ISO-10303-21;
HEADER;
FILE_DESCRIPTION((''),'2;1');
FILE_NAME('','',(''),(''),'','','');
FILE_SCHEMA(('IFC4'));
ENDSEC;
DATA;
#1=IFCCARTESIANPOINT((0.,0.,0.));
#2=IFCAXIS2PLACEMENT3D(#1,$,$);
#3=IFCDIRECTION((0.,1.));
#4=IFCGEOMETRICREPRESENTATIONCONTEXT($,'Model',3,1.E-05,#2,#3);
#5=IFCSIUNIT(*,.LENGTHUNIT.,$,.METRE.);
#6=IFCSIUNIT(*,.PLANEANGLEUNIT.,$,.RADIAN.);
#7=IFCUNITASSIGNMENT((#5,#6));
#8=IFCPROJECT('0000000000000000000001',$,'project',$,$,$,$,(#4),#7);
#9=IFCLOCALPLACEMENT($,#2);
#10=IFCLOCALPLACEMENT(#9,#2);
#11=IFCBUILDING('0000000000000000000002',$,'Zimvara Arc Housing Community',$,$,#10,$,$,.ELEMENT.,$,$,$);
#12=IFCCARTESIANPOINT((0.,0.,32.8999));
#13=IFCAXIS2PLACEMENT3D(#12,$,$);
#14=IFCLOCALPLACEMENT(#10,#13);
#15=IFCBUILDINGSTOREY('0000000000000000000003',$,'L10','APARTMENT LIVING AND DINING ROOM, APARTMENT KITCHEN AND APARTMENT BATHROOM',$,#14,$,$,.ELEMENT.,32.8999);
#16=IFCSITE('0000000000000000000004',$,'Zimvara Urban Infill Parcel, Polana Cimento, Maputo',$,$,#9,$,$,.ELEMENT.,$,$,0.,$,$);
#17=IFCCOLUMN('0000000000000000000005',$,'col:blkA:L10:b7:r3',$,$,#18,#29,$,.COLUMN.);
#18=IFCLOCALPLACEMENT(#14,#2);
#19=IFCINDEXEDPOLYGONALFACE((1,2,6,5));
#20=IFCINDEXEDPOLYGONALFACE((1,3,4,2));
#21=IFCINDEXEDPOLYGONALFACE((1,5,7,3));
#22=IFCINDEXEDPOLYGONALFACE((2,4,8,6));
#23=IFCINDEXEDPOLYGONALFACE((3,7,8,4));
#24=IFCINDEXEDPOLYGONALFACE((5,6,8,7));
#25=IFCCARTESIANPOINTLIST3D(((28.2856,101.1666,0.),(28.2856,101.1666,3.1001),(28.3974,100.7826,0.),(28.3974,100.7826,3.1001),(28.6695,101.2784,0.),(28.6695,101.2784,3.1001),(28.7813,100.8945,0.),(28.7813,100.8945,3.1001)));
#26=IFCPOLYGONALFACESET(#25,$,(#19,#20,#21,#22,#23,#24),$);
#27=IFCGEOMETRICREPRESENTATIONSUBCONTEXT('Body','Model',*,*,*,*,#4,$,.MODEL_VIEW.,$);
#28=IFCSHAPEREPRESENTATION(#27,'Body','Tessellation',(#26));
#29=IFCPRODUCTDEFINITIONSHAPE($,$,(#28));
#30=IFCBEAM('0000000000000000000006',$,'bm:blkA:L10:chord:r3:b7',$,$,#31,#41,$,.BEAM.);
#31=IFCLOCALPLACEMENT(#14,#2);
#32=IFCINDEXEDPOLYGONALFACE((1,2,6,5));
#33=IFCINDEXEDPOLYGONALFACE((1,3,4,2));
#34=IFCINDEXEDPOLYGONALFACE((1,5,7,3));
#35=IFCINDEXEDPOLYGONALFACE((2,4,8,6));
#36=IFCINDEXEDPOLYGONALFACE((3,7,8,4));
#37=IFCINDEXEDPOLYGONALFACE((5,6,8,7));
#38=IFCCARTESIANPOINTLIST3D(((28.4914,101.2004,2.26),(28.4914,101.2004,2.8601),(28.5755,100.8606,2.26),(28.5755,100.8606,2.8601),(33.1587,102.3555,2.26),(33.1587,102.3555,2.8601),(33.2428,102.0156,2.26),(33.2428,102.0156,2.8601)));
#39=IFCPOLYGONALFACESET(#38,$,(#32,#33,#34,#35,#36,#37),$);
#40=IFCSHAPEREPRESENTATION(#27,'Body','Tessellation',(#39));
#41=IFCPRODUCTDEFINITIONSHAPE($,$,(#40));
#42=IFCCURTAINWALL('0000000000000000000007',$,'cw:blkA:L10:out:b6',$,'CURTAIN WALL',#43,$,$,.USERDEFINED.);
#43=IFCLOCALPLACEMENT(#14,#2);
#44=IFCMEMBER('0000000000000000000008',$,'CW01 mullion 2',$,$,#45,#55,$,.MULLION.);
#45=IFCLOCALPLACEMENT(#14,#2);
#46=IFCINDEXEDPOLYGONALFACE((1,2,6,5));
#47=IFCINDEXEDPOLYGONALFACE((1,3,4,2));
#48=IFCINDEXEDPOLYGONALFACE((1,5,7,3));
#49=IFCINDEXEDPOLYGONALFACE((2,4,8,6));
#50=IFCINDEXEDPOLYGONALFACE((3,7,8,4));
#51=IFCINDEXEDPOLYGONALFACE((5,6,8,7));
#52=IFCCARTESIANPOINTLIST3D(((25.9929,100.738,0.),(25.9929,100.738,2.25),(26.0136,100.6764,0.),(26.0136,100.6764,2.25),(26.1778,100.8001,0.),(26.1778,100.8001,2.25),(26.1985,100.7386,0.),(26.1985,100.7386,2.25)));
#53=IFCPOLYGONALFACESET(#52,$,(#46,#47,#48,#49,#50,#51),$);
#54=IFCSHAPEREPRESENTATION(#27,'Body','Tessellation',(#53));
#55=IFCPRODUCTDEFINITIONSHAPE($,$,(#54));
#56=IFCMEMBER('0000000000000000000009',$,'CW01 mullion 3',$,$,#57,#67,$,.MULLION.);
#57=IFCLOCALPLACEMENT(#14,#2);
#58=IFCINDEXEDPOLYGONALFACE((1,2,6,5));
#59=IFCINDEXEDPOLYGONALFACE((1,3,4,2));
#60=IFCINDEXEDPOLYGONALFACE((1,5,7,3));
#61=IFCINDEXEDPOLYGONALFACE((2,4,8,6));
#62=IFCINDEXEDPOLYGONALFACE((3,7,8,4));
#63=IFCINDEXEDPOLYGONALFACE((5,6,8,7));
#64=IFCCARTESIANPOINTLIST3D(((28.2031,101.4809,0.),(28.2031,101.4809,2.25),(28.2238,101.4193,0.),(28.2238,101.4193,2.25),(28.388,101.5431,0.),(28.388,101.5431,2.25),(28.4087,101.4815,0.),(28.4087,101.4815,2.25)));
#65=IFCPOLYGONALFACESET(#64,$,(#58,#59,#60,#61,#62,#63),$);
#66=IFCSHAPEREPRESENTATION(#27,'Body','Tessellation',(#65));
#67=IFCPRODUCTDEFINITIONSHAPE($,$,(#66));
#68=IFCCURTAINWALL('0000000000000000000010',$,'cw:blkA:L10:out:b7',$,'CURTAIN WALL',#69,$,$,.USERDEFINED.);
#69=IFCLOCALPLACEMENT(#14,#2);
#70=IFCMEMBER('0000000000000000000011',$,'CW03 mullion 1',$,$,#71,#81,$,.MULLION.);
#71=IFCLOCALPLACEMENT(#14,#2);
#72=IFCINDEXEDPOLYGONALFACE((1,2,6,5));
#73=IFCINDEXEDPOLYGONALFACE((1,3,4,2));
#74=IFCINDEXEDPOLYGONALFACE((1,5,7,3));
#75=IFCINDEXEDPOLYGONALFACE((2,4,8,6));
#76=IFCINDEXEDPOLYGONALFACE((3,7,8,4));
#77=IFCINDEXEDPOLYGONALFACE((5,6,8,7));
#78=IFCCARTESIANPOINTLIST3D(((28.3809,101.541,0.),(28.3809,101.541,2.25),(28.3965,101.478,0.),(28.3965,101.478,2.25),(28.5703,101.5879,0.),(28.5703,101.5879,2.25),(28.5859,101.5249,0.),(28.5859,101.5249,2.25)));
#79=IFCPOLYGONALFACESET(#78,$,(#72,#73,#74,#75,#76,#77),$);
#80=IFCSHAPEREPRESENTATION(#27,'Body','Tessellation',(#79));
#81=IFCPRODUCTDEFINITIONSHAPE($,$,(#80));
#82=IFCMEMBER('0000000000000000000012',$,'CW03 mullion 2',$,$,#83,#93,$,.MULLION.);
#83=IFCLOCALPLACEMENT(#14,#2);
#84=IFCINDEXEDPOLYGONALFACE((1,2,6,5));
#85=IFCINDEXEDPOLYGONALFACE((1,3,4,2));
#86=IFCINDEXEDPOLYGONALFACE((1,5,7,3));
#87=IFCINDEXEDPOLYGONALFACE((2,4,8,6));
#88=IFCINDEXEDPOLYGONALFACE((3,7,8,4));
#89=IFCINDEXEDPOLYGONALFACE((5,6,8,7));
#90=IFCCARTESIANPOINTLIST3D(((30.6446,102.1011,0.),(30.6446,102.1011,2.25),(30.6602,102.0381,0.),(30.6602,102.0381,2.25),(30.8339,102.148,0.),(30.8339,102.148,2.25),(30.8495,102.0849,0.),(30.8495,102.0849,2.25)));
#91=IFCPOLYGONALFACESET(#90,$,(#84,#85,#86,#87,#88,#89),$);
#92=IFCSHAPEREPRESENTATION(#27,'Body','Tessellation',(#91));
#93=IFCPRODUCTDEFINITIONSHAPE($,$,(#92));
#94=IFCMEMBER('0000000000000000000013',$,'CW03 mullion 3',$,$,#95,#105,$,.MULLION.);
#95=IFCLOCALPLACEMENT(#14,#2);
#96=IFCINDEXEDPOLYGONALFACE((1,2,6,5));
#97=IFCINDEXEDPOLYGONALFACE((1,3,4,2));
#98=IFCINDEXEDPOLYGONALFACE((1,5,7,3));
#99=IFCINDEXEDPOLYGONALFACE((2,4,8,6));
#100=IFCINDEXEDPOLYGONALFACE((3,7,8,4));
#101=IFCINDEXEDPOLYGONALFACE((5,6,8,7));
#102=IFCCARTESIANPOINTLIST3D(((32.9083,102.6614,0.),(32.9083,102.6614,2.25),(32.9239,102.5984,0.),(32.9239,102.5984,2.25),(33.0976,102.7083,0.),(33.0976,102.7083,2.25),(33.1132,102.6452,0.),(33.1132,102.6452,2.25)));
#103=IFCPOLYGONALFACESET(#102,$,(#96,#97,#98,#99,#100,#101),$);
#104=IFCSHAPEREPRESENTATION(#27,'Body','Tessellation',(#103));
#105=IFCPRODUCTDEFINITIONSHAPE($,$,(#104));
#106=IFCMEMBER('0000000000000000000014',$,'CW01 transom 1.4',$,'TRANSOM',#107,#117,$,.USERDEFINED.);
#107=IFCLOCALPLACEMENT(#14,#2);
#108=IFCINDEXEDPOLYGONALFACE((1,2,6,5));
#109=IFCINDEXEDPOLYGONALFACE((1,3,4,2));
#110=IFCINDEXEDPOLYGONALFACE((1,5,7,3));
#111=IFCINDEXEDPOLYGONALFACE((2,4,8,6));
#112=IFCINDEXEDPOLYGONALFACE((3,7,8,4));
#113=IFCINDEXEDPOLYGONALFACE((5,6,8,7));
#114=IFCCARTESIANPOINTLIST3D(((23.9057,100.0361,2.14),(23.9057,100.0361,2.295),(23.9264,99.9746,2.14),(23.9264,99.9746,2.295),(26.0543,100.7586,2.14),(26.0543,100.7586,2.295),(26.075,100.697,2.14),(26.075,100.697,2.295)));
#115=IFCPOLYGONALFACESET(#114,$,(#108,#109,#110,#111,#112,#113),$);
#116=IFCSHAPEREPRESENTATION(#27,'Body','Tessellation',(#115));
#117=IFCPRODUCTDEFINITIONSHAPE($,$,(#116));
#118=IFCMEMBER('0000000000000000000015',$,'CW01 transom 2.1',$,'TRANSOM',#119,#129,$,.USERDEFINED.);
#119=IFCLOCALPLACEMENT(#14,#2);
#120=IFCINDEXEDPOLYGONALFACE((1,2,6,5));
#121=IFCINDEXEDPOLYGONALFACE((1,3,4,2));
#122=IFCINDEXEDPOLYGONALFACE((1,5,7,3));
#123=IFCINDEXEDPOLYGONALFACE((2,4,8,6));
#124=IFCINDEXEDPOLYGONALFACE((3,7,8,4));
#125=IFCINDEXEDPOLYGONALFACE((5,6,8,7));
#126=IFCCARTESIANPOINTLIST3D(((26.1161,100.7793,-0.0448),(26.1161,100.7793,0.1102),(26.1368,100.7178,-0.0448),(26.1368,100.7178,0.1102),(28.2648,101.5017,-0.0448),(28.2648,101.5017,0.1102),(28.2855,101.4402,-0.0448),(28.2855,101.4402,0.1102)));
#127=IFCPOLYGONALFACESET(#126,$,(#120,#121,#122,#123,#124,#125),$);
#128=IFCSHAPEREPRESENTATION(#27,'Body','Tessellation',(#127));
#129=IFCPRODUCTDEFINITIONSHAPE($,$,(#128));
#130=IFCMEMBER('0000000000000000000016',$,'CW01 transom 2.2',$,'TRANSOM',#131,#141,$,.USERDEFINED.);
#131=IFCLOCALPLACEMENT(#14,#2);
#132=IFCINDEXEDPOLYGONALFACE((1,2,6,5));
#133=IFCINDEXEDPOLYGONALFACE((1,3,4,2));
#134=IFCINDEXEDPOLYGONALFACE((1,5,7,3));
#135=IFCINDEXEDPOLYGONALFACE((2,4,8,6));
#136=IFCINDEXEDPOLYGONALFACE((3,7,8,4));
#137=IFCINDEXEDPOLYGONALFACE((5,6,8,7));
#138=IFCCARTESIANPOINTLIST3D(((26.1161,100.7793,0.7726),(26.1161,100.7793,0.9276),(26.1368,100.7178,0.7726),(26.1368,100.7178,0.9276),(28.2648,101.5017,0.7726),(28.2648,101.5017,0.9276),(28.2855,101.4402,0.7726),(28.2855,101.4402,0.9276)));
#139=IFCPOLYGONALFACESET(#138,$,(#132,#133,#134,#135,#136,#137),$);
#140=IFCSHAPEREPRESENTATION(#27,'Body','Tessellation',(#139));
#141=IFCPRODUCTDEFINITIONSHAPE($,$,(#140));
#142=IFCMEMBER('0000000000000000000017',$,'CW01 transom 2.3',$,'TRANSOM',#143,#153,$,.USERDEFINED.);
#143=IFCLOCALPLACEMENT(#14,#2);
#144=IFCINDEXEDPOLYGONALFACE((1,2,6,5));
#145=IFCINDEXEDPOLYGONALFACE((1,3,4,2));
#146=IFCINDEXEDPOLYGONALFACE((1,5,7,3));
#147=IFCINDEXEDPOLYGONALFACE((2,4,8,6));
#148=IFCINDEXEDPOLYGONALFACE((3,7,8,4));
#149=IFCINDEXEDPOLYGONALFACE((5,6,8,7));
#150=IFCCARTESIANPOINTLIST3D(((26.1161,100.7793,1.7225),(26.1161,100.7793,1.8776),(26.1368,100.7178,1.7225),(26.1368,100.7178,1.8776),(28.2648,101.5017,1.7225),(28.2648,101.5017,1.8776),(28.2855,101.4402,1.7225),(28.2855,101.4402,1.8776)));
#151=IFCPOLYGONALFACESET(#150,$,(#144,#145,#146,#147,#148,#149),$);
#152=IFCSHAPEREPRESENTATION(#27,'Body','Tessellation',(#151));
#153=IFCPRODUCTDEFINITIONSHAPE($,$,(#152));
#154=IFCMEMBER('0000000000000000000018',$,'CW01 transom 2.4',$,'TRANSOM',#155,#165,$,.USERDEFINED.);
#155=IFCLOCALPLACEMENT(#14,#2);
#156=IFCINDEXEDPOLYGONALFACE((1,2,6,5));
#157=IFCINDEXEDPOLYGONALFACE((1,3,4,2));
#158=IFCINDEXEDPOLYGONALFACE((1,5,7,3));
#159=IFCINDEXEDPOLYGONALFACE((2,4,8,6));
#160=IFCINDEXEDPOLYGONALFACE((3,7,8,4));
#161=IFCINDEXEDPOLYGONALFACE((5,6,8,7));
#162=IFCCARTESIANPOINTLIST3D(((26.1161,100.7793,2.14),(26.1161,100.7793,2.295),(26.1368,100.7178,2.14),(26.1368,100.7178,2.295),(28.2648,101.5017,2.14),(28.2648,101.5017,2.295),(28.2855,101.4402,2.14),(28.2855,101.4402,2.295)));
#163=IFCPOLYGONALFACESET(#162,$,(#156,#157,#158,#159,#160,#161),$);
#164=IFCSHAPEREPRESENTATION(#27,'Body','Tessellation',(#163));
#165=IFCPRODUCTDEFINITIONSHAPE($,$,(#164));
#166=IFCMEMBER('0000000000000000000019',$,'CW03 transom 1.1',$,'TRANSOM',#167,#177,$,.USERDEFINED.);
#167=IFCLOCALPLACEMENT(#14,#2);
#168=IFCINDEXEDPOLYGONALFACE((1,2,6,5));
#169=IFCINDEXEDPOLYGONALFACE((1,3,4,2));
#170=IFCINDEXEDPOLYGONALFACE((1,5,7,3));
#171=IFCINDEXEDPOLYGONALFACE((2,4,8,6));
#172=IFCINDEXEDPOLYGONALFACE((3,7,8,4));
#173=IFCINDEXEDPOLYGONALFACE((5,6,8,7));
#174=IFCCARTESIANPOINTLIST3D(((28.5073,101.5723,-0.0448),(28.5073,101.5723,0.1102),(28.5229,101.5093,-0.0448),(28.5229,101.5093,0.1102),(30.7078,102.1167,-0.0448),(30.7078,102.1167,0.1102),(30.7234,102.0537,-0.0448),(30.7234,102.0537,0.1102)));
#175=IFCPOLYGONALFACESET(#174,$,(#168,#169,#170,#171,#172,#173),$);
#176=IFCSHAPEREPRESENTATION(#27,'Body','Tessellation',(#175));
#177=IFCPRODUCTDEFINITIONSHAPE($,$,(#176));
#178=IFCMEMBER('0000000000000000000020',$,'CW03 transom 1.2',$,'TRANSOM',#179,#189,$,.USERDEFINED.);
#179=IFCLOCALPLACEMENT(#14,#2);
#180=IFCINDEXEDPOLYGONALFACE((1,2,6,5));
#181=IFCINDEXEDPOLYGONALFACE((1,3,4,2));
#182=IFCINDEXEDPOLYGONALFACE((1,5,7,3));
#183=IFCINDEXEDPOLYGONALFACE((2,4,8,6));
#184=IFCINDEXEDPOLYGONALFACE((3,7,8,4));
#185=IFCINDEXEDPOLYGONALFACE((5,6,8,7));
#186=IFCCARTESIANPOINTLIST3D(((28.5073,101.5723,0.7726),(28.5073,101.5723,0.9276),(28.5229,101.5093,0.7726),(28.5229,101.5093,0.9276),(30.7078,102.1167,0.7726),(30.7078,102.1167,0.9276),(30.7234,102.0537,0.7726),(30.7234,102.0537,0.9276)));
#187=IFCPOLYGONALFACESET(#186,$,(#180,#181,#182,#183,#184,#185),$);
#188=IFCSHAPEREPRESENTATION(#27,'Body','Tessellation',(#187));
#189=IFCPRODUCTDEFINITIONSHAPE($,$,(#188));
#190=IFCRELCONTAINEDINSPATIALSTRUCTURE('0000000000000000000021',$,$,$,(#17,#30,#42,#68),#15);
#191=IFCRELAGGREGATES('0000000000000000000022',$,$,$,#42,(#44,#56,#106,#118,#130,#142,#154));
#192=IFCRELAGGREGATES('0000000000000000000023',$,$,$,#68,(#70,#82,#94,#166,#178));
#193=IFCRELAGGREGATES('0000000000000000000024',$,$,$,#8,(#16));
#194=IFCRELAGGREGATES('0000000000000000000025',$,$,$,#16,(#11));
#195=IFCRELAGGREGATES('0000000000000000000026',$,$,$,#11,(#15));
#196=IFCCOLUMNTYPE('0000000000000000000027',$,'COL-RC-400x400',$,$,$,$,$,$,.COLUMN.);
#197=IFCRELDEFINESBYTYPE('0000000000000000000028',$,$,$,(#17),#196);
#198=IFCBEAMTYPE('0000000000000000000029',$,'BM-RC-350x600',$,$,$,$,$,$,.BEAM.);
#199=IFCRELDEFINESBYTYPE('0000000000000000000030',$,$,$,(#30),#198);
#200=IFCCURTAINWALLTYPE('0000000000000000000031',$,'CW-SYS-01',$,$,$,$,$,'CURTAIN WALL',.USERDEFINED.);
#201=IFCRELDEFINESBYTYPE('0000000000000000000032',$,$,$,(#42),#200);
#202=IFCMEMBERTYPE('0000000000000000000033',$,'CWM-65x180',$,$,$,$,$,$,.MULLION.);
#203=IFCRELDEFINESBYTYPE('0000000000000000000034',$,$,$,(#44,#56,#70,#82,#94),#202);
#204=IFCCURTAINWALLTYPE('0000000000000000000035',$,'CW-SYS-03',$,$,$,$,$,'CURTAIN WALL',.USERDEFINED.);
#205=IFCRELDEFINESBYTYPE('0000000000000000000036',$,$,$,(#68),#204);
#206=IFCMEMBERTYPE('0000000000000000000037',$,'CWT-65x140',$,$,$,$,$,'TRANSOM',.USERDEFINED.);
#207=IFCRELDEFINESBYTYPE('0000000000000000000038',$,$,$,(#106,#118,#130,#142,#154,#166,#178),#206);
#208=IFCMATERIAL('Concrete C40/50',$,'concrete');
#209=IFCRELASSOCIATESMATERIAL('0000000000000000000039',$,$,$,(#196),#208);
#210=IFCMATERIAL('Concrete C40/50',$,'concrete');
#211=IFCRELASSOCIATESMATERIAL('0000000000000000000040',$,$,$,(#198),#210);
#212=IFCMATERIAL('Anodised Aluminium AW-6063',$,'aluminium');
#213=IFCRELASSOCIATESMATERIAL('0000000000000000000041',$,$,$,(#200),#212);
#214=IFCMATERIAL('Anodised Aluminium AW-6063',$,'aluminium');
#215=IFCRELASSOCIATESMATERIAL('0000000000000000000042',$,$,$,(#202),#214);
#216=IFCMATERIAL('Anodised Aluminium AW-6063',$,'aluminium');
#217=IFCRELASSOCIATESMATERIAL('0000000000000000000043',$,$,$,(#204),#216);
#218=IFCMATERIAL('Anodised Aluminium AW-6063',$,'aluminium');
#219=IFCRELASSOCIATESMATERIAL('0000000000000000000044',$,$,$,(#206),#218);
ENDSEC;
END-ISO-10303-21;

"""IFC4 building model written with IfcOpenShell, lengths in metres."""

from ifc_helpers import new_model, si_unit, direction, frame, origin, origin_2d, place, context, subcontext, project, spatial, rectangle, extrude, material, material_profile, profile_set, type_object, element, aggregate, save


model = new_model("IFC4")

# Units and contexts
model_context = context("Model", 3, precision=1e-05, world=origin(), true_north=direction((0.0, 1.0)))
body_context = subcontext(model_context, "Body", "Model", "MODEL_VIEW")
ifc_project = project(units=[si_unit("LENGTHUNIT", "METRE"), si_unit("PLANEANGLEUNIT", "RADIAN")], contexts=[model_context])

# Site, building, storey
site_placement = place(None, origin())
site = spatial("IfcSite", under=ifc_project, at=site_placement, Name="Zimvara Urban Infill Parcel, Polana Cimento, Maputo", CompositionType="ELEMENT", RefElevation=0.0)
building_placement = place(site_placement, origin())
building = spatial("IfcBuilding", under=site, at=building_placement, Name="Zimvara Arc Housing Community", CompositionType="ELEMENT")
storey_placement = place(building_placement, frame((0.0, 0.0, 32.8999)))
storey = spatial("IfcBuildingStorey", under=building, at=storey_placement, Name="L10", Description="APARTMENT LIVING AND DINING ROOM, APARTMENT KITCHEN AND APARTMENT BATHROOM", CompositionType="ELEMENT", Elevation=32.8999)

# Column
ifc_material_1 = material(Name="Concrete C40/50", Category="concrete")
ifc_material_profile_1 = material_profile(ifc_material_1, rectangle(XDim=0.3999, YDim=0.3999, at=origin_2d()), Name="RC 400x400")
ifc_profile_set_1 = profile_set([ifc_material_profile_1], Name="Concrete C40/50")
column_type = type_object("IfcColumnType", Name="COL-RC-400x400", PredefinedType="COLUMN", material=ifc_profile_set_1)
column_placement = place(storey_placement, frame((28.5334, 101.0305, 0.0), z_axis=(0.0, 0.0, 1.0), x_axis=(-0.279661, 0.960099, 0.0)))
element("IfcColumn", 1, at=column_placement, inside=storey, type_object=column_type, Name="col:blkA:L10:b7:r3", PredefinedType="COLUMN", context=body_context, shape_type="SweptSolid", body=[
    extrude(rectangle(XDim=0.3999, YDim=0.3999, at=origin_2d()), origin(), (0.0, 0.0, 1.0), 3.1001),
])

# Beam
ifc_material_2 = material(Name="Concrete C40/50", Category="concrete")
ifc_material_profile_2 = material_profile(ifc_material_2, rectangle(XDim=0.3501, YDim=0.6001, at=origin_2d()), Name="RC 350x600")
ifc_profile_set_2 = profile_set([ifc_material_profile_2], Name="Concrete C40/50")
beam_type = type_object("IfcBeamType", Name="BM-RC-350x600", PredefinedType="BEAM", material=ifc_profile_set_2)
beam_placement = place(storey_placement, frame((28.5334, 101.0305, 2.5601), z_axis=(0.970716, 0.240229, 0.0), x_axis=(-0.240229, 0.970716, 0.0)))
element("IfcBeam", 2, at=beam_placement, inside=storey, type_object=beam_type, Name="bm:blkA:L10:chord:r3:b7", PredefinedType="BEAM", context=body_context, shape_type="SweptSolid", body=[
    extrude(rectangle(XDim=0.3501, YDim=0.6001, at=origin_2d()), origin(), (0.0, 0.0, 1.0), 4.8081),
])

# Curtain walls, members
ifc_material_3 = material(Name="Anodised Aluminium AW-6063", Category="aluminium")
curtain_wall_type_1 = type_object("IfcCurtainWallType", Name="CW-SYS-01", ElementType="CURTAIN WALL", PredefinedType="USERDEFINED", material=ifc_material_3)
curtain_wall_1_placement = place(storey_placement, origin())
curtain_wall_1 = element("IfcCurtainWall", 3, at=curtain_wall_1_placement, inside=storey, type_object=curtain_wall_type_1, Name="cw:blkA:L10:out:b6", ObjectType="CURTAIN WALL", PredefinedType="USERDEFINED")
ifc_material_4 = material(Name="Anodised Aluminium AW-6063", Category="aluminium")
ifc_material_profile_3 = material_profile(ifc_material_4, rectangle(XDim=0.0649, YDim=0.1951, at=origin_2d()), Name="ALU 65x195")
ifc_profile_set_3 = profile_set([ifc_material_profile_3], Name="Anodised Aluminium AW-6063")
member_type_1 = type_object("IfcMemberType", Name="CWM-65x180", PredefinedType="MULLION", material=ifc_profile_set_3)
member_1_placement = place(storey_placement, frame((26.0957, 100.7383, 0.0), z_axis=(0.0, 0.0, 1.0), x_axis=(-0.318629, 0.94788, 0.0)))
member_1 = element("IfcMember", 4, at=member_1_placement, type_object=member_type_1, Name="CW01 mullion 2", PredefinedType="MULLION", context=body_context, shape_type="SweptSolid", body=[
    extrude(rectangle(XDim=0.0649, YDim=0.1951, at=origin_2d()), origin(), (0.0, 0.0, 1.0), 2.25),
])
member_2_placement = place(storey_placement, frame((28.3059, 101.4812, 0.0), z_axis=(0.0, 0.0, 1.0), x_axis=(-0.318629, 0.94788, 0.0)))
member_2 = element("IfcMember", 5, at=member_2_placement, type_object=member_type_1, Name="CW01 mullion 3", PredefinedType="MULLION", context=body_context, shape_type="SweptSolid", body=[
    extrude(rectangle(XDim=0.0649, YDim=0.1951, at=origin_2d()), origin(), (0.0, 0.0, 1.0), 2.25),
])
ifc_material_5 = material(Name="Anodised Aluminium AW-6063", Category="aluminium")
curtain_wall_type_2 = type_object("IfcCurtainWallType", Name="CW-SYS-03", ElementType="CURTAIN WALL", PredefinedType="USERDEFINED", material=ifc_material_5)
curtain_wall_2_placement = place(storey_placement, origin())
curtain_wall_2 = element("IfcCurtainWall", 6, at=curtain_wall_2_placement, inside=storey, type_object=curtain_wall_type_2, Name="cw:blkA:L10:out:b7", ObjectType="CURTAIN WALL", PredefinedType="USERDEFINED")
member_3_placement = place(storey_placement, frame((28.4834, 101.533, 0.0), z_axis=(0.0, 0.0, 1.0), x_axis=(-0.24023, 0.970716, 0.0)))
member_3 = element("IfcMember", 7, at=member_3_placement, type_object=member_type_1, Name="CW03 mullion 1", PredefinedType="MULLION", context=body_context, shape_type="SweptSolid", body=[
    extrude(rectangle(XDim=0.0649, YDim=0.1951, at=origin_2d()), origin(), (0.0, 0.0, 1.0), 2.25),
])
member_4_placement = place(storey_placement, frame((30.7471, 102.093, 0.0), z_axis=(0.0, 0.0, 1.0), x_axis=(-0.24023, 0.970716, 0.0)))
member_4 = element("IfcMember", 8, at=member_4_placement, type_object=member_type_1, Name="CW03 mullion 2", PredefinedType="MULLION", context=body_context, shape_type="SweptSolid", body=[
    extrude(rectangle(XDim=0.0649, YDim=0.1951, at=origin_2d()), origin(), (0.0, 0.0, 1.0), 2.25),
])
member_5_placement = place(storey_placement, frame((33.0107, 102.6533, 0.0), z_axis=(0.0, 0.0, 1.0), x_axis=(-0.24023, 0.970716, 0.0)))
member_5 = element("IfcMember", 9, at=member_5_placement, type_object=member_type_1, Name="CW03 mullion 3", PredefinedType="MULLION", context=body_context, shape_type="SweptSolid", body=[
    extrude(rectangle(XDim=0.0649, YDim=0.1951, at=origin_2d()), origin(), (0.0, 0.0, 1.0), 2.25),
])

# Members
ifc_material_6 = material(Name="Anodised Aluminium AW-6063", Category="aluminium")
ifc_material_profile_4 = material_profile(ifc_material_6, rectangle(XDim=0.0649, YDim=0.155, at=origin_2d()), Name="ALU 65x155")
ifc_profile_set_4 = profile_set([ifc_material_profile_4], Name="Anodised Aluminium AW-6063")
member_type_2 = type_object("IfcMemberType", Name="CWT-65x140", ElementType="TRANSOM", PredefinedType="USERDEFINED", material=ifc_profile_set_4)
member_6_placement = place(storey_placement, frame((23.916, 100.0054, 2.2175), z_axis=(0.947862, 0.318682, 0.0), x_axis=(-0.318682, 0.947862, 0.0)))
member_6 = element("IfcMember", 10, at=member_6_placement, type_object=member_type_2, Name="CW01 transom 1.4", ObjectType="TRANSOM", PredefinedType="USERDEFINED", context=body_context, shape_type="SweptSolid", body=[
    extrude(rectangle(XDim=0.0649, YDim=0.155, at=origin_2d()), origin(), (0.0, 0.0, 1.0), 2.2668),
])
member_7_placement = place(storey_placement, frame((26.1265, 100.7485, 0.0327), z_axis=(0.947862, 0.318682, 0.0), x_axis=(-0.318682, 0.947862, 0.0)))
member_7 = element("IfcMember", 11, at=member_7_placement, type_object=member_type_2, Name="CW01 transom 2.1", ObjectType="TRANSOM", PredefinedType="USERDEFINED", context=body_context, shape_type="SweptSolid", body=[
    extrude(rectangle(XDim=0.0649, YDim=0.155, at=origin_2d()), origin(), (0.0, 0.0, 1.0), 2.2668),
])
member_8_placement = place(storey_placement, frame((26.1265, 100.7485, 0.8501), z_axis=(0.947862, 0.318682, 0.0), x_axis=(-0.318682, 0.947862, 0.0)))
member_8 = element("IfcMember", 12, at=member_8_placement, type_object=member_type_2, Name="CW01 transom 2.2", ObjectType="TRANSOM", PredefinedType="USERDEFINED", context=body_context, shape_type="SweptSolid", body=[
    extrude(rectangle(XDim=0.0649, YDim=0.155, at=origin_2d()), origin(), (0.0, 0.0, 1.0), 2.2668),
])
member_9_placement = place(storey_placement, frame((26.1265, 100.7485, 1.8), z_axis=(0.947862, 0.318682, 0.0), x_axis=(-0.318682, 0.947862, 0.0)))
member_9 = element("IfcMember", 13, at=member_9_placement, type_object=member_type_2, Name="CW01 transom 2.3", ObjectType="TRANSOM", PredefinedType="USERDEFINED", context=body_context, shape_type="SweptSolid", body=[
    extrude(rectangle(XDim=0.0649, YDim=0.155, at=origin_2d()), origin(), (0.0, 0.0, 1.0), 2.2668),
])
member_10_placement = place(storey_placement, frame((26.1265, 100.7485, 2.2175), z_axis=(0.947862, 0.318682, 0.0), x_axis=(-0.318682, 0.947862, 0.0)))
member_10 = element("IfcMember", 14, at=member_10_placement, type_object=member_type_2, Name="CW01 transom 2.4", ObjectType="TRANSOM", PredefinedType="USERDEFINED", context=body_context, shape_type="SweptSolid", body=[
    extrude(rectangle(XDim=0.0649, YDim=0.155, at=origin_2d()), origin(), (0.0, 0.0, 1.0), 2.2668),
])
member_11_placement = place(storey_placement, frame((28.5151, 101.5408, 0.0327), z_axis=(0.970729, 0.240178, 0.0), x_axis=(-0.240178, 0.970729, 0.0)))
member_11 = element("IfcMember", 15, at=member_11_placement, type_object=member_type_2, Name="CW03 transom 1.1", ObjectType="TRANSOM", PredefinedType="USERDEFINED", context=body_context, shape_type="SweptSolid", body=[
    extrude(rectangle(XDim=0.0649, YDim=0.155, at=origin_2d()), origin(), (0.0, 0.0, 1.0), 2.2668),
])
member_12_placement = place(storey_placement, frame((28.5151, 101.5408, 0.8501), z_axis=(0.970729, 0.240178, 0.0), x_axis=(-0.240178, 0.970729, 0.0)))
member_12 = element("IfcMember", 16, at=member_12_placement, type_object=member_type_2, Name="CW03 transom 1.2", ObjectType="TRANSOM", PredefinedType="USERDEFINED", context=body_context, shape_type="SweptSolid", body=[
    extrude(rectangle(XDim=0.0649, YDim=0.155, at=origin_2d()), origin(), (0.0, 0.0, 1.0), 2.2668),
])

aggregate(curtain_wall_1, [member_1, member_2, member_6, member_7, member_8, member_9, member_10])
aggregate(curtain_wall_2, [member_3, member_4, member_5, member_11, member_12])

save(model, "model.ifc")
